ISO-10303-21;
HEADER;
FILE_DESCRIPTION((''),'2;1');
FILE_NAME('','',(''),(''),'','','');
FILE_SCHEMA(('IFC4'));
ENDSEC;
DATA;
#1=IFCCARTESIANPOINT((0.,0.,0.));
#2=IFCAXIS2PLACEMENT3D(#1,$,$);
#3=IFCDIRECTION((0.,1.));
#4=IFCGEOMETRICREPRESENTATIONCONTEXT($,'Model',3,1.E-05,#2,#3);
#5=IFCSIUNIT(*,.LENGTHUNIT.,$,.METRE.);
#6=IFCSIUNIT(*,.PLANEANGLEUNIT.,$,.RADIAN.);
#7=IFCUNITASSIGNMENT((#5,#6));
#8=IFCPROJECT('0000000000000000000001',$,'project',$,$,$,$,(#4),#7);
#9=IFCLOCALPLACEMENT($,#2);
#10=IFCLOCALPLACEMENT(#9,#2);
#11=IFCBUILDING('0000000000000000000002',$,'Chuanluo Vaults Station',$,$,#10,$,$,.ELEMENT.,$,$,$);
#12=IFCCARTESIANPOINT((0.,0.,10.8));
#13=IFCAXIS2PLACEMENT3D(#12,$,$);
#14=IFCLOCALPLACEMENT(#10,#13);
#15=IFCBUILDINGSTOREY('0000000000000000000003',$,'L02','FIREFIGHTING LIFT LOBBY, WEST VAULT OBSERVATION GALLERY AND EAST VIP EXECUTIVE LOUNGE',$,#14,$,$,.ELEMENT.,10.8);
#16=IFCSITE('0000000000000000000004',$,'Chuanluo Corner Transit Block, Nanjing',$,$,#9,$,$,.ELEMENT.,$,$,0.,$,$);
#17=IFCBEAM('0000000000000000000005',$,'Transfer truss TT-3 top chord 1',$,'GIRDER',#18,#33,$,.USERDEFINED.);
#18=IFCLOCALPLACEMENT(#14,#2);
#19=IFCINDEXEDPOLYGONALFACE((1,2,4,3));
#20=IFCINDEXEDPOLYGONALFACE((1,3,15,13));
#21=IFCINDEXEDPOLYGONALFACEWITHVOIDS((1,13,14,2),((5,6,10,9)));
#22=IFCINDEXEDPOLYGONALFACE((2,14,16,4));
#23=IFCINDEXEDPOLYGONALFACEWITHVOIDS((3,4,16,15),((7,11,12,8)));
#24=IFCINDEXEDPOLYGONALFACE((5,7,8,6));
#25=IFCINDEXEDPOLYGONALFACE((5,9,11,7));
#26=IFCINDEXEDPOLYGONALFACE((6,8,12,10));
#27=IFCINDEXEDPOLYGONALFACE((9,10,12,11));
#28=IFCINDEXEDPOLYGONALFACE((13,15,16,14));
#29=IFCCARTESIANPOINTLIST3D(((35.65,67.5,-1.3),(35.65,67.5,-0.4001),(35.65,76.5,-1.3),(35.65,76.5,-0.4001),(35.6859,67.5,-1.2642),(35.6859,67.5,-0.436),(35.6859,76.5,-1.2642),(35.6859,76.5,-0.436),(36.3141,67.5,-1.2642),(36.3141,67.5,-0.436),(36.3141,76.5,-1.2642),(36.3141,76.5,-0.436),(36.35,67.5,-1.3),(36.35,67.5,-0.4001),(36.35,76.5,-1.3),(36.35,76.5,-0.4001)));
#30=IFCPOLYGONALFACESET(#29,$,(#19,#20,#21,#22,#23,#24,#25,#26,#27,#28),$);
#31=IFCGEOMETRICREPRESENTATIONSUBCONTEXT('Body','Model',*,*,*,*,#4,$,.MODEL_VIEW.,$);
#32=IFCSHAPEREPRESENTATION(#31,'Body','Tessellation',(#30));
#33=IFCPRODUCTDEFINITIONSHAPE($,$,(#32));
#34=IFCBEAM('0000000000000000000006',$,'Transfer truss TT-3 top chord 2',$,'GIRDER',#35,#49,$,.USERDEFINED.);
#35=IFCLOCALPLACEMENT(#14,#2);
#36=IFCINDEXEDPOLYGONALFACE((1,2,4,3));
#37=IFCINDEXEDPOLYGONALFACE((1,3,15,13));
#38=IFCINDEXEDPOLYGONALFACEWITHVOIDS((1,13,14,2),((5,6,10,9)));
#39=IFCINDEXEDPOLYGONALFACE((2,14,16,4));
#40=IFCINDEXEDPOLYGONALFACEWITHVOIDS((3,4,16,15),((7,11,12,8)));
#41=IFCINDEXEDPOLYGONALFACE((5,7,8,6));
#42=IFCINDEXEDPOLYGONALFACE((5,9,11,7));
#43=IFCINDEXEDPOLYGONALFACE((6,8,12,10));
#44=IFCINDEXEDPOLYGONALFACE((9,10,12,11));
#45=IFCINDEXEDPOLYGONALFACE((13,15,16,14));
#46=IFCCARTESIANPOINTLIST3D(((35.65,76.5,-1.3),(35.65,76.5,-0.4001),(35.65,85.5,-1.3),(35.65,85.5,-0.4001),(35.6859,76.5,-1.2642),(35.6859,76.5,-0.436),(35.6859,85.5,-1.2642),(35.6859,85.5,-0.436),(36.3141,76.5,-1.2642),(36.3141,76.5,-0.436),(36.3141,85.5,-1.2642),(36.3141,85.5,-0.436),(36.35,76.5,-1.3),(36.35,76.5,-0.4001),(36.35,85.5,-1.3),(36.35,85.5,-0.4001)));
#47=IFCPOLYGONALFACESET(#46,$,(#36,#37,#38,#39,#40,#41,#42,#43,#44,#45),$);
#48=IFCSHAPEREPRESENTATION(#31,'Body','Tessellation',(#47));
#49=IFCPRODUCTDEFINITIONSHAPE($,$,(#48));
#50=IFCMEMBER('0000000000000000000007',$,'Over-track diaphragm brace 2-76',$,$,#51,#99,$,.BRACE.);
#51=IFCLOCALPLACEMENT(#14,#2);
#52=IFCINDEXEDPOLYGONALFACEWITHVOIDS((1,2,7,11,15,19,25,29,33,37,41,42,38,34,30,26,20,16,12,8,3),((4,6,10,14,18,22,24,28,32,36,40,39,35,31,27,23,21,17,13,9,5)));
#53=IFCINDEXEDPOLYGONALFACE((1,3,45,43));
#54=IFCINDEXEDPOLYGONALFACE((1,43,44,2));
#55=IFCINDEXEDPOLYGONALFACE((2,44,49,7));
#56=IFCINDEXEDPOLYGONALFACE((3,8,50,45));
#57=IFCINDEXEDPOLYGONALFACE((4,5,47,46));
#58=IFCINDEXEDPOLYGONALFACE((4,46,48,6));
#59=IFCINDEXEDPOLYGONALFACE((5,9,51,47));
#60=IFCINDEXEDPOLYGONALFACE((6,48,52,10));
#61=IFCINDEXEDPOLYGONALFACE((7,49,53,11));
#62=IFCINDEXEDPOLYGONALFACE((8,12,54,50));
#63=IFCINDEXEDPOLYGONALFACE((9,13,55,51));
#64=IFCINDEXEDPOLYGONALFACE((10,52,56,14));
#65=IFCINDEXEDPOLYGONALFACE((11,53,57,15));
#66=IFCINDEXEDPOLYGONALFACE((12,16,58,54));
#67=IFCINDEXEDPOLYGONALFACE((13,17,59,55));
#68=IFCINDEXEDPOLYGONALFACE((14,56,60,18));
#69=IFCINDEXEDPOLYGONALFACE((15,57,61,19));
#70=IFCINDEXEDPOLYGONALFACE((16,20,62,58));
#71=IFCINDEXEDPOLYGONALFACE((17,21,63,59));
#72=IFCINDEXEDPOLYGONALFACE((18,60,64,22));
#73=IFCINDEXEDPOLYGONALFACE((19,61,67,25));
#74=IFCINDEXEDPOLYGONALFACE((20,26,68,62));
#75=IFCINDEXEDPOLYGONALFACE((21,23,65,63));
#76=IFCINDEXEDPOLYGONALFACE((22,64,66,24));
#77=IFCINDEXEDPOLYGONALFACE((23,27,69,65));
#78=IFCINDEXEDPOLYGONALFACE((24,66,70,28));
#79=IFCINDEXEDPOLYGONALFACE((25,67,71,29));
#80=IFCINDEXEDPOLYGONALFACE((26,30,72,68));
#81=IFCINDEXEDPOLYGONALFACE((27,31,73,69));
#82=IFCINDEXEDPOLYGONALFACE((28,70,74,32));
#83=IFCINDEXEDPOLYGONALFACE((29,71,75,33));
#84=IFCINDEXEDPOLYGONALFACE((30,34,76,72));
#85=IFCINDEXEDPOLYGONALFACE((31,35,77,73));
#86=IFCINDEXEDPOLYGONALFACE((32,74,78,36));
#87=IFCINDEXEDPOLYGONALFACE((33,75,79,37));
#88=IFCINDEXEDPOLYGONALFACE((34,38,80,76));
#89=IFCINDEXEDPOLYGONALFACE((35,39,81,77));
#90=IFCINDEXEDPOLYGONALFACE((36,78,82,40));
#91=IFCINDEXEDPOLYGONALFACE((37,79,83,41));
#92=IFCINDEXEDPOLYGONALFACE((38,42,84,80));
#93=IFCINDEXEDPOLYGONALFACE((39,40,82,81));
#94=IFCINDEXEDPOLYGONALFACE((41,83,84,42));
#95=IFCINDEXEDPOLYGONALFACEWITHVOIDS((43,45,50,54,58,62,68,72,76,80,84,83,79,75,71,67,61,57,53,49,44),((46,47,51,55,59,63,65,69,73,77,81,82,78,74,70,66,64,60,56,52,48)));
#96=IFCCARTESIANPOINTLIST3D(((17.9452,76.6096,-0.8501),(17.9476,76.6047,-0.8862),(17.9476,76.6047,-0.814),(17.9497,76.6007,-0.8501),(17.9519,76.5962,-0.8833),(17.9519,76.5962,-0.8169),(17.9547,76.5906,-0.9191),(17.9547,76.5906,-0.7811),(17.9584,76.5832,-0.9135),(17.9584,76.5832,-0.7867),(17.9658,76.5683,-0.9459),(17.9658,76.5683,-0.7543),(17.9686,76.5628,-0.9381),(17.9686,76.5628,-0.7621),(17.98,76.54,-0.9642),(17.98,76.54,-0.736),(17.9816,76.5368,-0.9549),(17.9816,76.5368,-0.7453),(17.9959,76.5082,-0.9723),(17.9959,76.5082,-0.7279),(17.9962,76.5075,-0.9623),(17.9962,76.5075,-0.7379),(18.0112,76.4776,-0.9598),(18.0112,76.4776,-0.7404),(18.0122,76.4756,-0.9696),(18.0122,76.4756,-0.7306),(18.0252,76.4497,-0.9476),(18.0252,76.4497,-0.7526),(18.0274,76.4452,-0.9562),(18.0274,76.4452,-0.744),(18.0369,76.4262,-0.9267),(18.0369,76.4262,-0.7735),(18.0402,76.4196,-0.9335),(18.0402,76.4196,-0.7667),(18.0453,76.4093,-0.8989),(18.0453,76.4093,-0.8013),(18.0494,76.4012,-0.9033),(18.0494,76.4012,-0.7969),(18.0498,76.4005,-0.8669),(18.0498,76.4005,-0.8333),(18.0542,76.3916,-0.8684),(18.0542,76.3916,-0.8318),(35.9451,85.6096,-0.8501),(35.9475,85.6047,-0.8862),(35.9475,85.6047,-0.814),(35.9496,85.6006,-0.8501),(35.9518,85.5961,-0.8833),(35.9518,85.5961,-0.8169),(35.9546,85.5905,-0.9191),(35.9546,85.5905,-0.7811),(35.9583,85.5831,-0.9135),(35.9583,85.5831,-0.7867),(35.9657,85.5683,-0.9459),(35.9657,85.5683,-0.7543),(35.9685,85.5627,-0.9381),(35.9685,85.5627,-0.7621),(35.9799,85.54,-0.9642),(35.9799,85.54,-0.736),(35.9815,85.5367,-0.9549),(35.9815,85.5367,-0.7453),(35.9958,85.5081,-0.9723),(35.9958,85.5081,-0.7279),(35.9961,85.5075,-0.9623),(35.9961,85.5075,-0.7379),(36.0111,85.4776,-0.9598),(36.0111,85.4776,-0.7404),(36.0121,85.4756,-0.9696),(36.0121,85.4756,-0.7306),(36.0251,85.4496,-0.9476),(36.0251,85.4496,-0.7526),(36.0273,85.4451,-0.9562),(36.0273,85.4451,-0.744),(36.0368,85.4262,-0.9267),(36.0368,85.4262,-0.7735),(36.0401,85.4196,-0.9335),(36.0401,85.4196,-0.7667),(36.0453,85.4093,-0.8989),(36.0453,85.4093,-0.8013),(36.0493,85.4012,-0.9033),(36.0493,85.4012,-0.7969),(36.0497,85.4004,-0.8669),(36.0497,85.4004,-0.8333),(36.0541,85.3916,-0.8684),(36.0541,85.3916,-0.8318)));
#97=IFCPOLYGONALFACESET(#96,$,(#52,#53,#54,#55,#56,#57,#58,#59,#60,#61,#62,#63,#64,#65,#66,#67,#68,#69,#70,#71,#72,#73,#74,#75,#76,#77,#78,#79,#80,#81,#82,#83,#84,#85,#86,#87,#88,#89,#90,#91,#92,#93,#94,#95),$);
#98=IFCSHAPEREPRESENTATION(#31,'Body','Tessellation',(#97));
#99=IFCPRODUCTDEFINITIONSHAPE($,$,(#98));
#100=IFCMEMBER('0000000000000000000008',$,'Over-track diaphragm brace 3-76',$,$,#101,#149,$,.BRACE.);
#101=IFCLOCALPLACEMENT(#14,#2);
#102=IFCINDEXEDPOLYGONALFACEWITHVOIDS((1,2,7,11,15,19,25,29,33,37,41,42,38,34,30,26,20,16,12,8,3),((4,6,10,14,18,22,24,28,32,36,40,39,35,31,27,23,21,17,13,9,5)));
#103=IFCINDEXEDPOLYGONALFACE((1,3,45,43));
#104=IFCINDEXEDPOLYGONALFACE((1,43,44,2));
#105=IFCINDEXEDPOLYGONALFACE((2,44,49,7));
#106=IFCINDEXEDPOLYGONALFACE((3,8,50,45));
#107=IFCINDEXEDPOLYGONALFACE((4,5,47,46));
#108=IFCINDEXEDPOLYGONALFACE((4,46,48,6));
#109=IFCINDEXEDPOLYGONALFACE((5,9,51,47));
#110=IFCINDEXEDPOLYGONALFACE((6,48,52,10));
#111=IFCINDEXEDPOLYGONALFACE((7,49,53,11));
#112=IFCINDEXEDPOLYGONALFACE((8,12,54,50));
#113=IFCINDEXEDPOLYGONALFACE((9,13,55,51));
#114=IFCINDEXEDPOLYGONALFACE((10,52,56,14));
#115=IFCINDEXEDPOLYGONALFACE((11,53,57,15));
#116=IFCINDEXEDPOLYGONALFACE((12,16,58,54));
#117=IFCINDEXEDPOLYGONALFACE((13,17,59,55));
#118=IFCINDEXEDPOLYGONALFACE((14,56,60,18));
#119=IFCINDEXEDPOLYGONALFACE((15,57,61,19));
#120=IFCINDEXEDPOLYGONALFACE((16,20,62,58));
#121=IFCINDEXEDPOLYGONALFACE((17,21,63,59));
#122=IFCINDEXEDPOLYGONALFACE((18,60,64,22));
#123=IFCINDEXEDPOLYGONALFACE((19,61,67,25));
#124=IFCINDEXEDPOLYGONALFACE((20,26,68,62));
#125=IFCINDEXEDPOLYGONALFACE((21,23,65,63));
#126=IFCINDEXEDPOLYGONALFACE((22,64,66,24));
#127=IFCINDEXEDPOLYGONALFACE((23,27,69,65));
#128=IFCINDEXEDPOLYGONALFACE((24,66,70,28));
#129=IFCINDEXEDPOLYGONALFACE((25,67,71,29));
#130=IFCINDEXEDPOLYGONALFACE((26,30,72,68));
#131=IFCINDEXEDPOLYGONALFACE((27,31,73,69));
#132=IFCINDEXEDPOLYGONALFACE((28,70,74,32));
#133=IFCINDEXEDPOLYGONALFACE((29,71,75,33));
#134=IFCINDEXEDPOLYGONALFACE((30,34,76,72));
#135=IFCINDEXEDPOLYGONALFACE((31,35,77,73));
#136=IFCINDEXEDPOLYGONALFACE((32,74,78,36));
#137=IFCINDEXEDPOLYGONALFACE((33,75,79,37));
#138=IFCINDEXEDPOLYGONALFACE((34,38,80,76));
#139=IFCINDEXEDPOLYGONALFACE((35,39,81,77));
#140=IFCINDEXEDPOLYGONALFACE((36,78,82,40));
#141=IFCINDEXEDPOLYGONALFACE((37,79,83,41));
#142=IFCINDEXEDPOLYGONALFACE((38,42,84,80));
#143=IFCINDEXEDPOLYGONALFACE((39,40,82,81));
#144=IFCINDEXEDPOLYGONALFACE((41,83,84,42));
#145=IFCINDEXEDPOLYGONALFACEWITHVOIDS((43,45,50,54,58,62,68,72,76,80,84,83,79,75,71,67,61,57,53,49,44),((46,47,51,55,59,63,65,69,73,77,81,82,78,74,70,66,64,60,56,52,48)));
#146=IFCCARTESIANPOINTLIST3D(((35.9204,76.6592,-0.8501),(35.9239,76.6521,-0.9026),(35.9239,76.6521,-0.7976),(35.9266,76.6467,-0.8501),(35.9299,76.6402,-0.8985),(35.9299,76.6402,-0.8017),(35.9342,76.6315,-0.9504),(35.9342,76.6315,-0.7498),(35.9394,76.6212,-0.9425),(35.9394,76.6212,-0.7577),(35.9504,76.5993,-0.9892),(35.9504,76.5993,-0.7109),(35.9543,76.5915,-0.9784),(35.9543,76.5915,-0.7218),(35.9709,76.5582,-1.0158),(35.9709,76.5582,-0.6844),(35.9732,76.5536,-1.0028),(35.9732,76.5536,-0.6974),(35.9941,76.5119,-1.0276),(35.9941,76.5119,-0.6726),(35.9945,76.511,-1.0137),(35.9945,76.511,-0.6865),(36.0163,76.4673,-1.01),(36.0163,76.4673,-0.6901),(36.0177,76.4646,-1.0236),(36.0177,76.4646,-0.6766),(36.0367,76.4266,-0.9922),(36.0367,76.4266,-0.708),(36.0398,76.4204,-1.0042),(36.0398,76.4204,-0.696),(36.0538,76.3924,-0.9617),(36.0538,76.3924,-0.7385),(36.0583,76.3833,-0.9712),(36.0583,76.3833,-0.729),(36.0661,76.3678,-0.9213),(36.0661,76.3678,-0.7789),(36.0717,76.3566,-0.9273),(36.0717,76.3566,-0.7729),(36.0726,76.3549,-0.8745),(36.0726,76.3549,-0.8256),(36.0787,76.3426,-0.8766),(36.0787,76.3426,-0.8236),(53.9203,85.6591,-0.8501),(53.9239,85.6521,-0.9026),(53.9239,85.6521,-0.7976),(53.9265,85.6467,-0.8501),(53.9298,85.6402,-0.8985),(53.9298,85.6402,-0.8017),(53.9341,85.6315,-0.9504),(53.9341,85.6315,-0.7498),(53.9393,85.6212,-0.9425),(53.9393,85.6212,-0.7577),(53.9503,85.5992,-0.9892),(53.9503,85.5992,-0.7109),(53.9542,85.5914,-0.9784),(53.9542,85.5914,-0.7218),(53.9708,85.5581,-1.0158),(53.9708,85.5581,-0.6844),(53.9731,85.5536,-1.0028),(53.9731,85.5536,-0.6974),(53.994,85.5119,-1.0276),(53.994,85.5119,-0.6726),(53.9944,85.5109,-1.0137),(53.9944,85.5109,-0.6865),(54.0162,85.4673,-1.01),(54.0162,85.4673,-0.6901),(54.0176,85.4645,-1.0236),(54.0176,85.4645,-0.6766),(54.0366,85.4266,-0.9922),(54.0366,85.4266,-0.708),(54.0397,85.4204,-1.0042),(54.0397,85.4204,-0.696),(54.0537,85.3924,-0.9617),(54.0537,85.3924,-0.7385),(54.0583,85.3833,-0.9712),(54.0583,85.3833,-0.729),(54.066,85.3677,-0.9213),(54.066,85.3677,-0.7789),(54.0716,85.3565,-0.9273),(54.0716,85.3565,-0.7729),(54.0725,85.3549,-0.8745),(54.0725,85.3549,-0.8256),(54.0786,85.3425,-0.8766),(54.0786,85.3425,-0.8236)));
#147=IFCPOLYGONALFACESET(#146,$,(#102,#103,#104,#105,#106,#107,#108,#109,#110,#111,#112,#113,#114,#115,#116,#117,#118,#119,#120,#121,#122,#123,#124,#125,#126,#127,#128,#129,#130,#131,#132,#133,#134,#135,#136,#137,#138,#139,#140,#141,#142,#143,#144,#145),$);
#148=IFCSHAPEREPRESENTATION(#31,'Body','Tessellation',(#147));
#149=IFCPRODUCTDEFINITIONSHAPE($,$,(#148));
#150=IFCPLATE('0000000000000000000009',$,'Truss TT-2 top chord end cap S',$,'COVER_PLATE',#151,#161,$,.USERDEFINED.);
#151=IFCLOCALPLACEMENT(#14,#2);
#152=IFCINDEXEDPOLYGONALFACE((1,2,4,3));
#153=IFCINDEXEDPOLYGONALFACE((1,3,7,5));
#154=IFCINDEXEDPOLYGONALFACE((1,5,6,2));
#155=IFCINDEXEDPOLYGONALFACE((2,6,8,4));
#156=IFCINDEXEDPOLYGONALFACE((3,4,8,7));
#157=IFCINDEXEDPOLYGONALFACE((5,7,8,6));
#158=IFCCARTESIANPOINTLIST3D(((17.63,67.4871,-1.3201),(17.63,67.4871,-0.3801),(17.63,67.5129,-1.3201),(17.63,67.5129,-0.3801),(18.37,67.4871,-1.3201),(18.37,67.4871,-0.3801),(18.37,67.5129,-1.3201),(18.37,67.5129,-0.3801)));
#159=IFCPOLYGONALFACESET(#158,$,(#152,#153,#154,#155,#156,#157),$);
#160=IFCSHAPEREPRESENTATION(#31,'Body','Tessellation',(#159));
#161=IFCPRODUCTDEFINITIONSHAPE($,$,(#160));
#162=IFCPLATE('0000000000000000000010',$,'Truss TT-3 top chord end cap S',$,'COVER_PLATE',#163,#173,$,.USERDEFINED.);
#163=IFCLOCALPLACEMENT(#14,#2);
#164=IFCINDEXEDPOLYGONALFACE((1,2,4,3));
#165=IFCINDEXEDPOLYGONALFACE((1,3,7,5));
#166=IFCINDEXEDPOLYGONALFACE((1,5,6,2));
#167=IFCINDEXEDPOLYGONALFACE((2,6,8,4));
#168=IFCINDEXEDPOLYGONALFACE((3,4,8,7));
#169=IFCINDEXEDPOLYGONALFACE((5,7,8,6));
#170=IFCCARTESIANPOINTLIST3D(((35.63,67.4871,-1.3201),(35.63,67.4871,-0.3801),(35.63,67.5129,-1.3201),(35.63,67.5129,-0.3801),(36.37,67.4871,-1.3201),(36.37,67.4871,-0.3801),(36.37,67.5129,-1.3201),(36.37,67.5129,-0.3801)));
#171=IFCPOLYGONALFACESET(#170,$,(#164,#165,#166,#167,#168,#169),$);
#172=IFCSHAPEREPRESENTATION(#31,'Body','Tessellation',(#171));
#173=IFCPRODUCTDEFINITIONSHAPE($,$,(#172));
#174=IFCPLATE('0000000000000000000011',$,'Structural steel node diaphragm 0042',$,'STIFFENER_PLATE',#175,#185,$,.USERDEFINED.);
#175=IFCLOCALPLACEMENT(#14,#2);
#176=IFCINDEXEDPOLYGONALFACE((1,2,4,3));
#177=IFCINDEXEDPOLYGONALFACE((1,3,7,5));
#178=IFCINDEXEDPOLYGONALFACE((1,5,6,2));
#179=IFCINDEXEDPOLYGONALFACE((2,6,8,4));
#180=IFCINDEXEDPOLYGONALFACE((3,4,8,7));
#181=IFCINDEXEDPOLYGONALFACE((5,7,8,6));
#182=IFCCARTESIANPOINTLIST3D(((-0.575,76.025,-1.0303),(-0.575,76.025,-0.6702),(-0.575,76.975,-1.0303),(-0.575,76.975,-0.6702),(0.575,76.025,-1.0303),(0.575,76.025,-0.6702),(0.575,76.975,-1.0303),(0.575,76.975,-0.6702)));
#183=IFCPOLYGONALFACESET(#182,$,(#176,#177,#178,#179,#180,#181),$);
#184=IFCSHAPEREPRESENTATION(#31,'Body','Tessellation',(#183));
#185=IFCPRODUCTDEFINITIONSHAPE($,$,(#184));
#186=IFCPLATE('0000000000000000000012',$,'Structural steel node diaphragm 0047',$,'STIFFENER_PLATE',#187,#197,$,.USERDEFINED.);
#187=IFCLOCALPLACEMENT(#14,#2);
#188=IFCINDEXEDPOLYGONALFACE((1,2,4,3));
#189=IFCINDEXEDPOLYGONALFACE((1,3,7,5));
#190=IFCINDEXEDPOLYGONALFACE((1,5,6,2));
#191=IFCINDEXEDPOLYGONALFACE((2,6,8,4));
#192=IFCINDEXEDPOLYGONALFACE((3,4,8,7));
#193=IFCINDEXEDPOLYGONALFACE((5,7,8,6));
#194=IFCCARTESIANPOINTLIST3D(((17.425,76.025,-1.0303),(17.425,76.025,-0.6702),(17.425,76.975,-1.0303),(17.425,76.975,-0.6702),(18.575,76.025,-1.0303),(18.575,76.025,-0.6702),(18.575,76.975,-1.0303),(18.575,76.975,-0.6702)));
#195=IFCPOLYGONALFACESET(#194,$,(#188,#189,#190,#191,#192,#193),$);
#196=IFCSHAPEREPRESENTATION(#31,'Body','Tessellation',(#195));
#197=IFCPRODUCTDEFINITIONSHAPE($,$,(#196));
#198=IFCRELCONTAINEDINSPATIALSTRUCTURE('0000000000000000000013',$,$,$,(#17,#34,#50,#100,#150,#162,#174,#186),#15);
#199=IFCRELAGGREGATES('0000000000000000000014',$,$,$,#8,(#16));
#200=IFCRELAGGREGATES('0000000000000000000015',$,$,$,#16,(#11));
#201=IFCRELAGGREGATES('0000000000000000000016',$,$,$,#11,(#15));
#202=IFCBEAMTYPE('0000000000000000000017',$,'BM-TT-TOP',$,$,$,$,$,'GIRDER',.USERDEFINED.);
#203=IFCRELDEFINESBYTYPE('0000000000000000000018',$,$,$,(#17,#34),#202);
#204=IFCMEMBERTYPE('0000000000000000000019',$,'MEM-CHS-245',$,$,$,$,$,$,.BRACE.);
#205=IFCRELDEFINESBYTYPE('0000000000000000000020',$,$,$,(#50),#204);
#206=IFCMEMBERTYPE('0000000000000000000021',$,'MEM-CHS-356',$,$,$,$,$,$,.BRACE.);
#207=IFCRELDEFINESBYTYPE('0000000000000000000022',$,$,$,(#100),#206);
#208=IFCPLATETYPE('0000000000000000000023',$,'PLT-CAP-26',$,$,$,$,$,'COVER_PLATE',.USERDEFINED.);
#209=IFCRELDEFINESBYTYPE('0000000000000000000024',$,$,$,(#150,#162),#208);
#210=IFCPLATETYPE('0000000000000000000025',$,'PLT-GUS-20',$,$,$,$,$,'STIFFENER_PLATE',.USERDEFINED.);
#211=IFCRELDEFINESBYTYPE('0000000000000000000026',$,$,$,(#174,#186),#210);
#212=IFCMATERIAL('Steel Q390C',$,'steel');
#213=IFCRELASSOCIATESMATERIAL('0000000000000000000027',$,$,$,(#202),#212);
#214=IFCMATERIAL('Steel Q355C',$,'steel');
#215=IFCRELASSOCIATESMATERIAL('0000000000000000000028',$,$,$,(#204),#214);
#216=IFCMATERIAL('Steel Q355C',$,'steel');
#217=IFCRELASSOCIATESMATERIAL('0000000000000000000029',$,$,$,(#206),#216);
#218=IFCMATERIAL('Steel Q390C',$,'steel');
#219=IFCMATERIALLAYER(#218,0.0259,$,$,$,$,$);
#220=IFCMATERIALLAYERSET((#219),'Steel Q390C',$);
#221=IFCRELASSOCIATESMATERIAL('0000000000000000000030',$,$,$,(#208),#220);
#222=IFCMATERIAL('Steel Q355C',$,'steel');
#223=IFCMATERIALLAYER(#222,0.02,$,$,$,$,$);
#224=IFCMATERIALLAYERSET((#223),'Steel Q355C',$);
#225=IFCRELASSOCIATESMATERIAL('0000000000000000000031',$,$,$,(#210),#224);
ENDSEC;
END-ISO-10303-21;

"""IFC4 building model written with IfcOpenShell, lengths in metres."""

from ifc_helpers import new_model, si_unit, direction, frame, origin, origin_2d, place, context, subcontext, project, spatial, rectangle, hollow_rectangle, hollow_circle, extrude, material, layer, layer_set, material_profile, profile_set, type_object, element, save


model = new_model("IFC4")

# Units and contexts
model_context = context("Model", 3, precision=1e-05, world=origin(), true_north=direction((0.0, 1.0)))
body_context = subcontext(model_context, "Body", "Model", "MODEL_VIEW")
ifc_project = project(units=[si_unit("LENGTHUNIT", "METRE"), si_unit("PLANEANGLEUNIT", "RADIAN")], contexts=[model_context])

# Site, building, storey
site_placement = place(None, origin())
site = spatial("IfcSite", under=ifc_project, at=site_placement, Name="Chuanluo Corner Transit Block, Nanjing", CompositionType="ELEMENT", RefElevation=0.0)
building_placement = place(site_placement, origin())
building = spatial("IfcBuilding", under=site, at=building_placement, Name="Chuanluo Vaults Station", CompositionType="ELEMENT")
storey_placement = place(building_placement, frame((0.0, 0.0, 10.8)))
storey = spatial("IfcBuildingStorey", under=building, at=storey_placement, Name="L02", Description="FIREFIGHTING LIFT LOBBY, WEST VAULT OBSERVATION GALLERY AND EAST VIP EXECUTIVE LOUNGE", CompositionType="ELEMENT", Elevation=10.8)

# Beams
ifc_material_1 = material(Name="Steel Q390C", Category="steel")
ifc_material_profile_1 = material_profile(ifc_material_1, hollow_rectangle(XDim=0.7, YDim=0.8999, WallThickness=0.0359, at=origin_2d()))
ifc_profile_set_1 = profile_set([ifc_material_profile_1], Name="Steel Q390C")
beam_type_1 = type_object("IfcBeamType", Name="BM-TT-TOP", ElementType="GIRDER", PredefinedType="USERDEFINED", material=ifc_profile_set_1)
for number, where, z_axis, x_axis, name in (
    (1, (36.0, 67.5, -0.8501), (0.0, 1.0, 0.0), (-1.0, 0.0, 0.0), "Transfer truss TT-3 top chord 1"),
    (2, (36.0, 76.5, -0.8501), (0.0, 1.0, 0.0), (-1.0, 0.0, 0.0), "Transfer truss TT-3 top chord 2"),
):
    element("IfcBeam", number, at=place(storey_placement, frame(where, z_axis=z_axis, x_axis=x_axis)), inside=storey, type_object=beam_type_1, Name=name, ObjectType="GIRDER", PredefinedType="USERDEFINED", context=body_context, shape_type="SweptSolid", body=[
        extrude(hollow_rectangle(XDim=0.7, YDim=0.8999, WallThickness=0.0359, at=origin_2d()), origin(), (0.0, 0.0, 1.0), 9.0),
    ])

# Members
ifc_material_2 = material(Name="Steel Q355C", Category="steel")
ifc_material_profile_2 = material_profile(ifc_material_2, hollow_circle(Radius=0.1226, WallThickness=0.01, at=origin_2d()))
ifc_profile_set_2 = profile_set([ifc_material_profile_2], Name="Steel Q355C")
member_type_1 = type_object("IfcMemberType", Name="MEM-CHS-245", PredefinedType="BRACE", material=ifc_profile_set_2)
member_1_placement = place(storey_placement, frame((18.0, 76.5, -0.8501), z_axis=(0.894427, 0.447214, 0.0), x_axis=(-0.447214, 0.894427, 0.0)))
element("IfcMember", 3, at=member_1_placement, inside=storey, type_object=member_type_1, Name="Over-track diaphragm brace 2-76", PredefinedType="BRACE", context=body_context, shape_type="SweptSolid", body=[
    extrude(hollow_circle(Radius=0.1226, WallThickness=0.01, at=origin_2d()), origin(), (0.0, 0.0, 1.0), 20.1245),
])
ifc_material_3 = material(Name="Steel Q355C", Category="steel")
ifc_material_profile_3 = material_profile(ifc_material_3, hollow_circle(Radius=0.178, WallThickness=0.0139, at=origin_2d()))
ifc_profile_set_3 = profile_set([ifc_material_profile_3], Name="Steel Q355C")
member_type_2 = type_object("IfcMemberType", Name="MEM-CHS-356", PredefinedType="BRACE", material=ifc_profile_set_3)
member_2_placement = place(storey_placement, frame((36.0, 76.5, -0.8501), z_axis=(0.894427, 0.447214, 0.0), x_axis=(-0.447214, 0.894427, 0.0)))
element("IfcMember", 4, at=member_2_placement, inside=storey, type_object=member_type_2, Name="Over-track diaphragm brace 3-76", PredefinedType="BRACE", context=body_context, shape_type="SweptSolid", body=[
    extrude(hollow_circle(Radius=0.178, WallThickness=0.0139, at=origin_2d()), origin(), (0.0, 0.0, 1.0), 20.1245),
])

# Plates
ifc_material_4 = material(Name="Steel Q390C", Category="steel")
ifc_layer_1 = layer(ifc_material_4, 0.0259)
ifc_layer_set_1 = layer_set([ifc_layer_1], Name="Steel Q390C")
plate_type_1 = type_object("IfcPlateType", Name="PLT-CAP-26", ElementType="COVER_PLATE", PredefinedType="USERDEFINED", material=ifc_layer_set_1)
for number, where, z_axis, x_axis, name in (
    (5, (18.0, 67.5, -1.3201), (0.0, 0.0, 1.0), (1.0, 0.0, 0.0), "Truss TT-2 top chord end cap S"),
    (6, (36.0, 67.5, -1.3201), (0.0, 0.0, 1.0), (1.0, 0.0, 0.0), "Truss TT-3 top chord end cap S"),
):
    element("IfcPlate", number, at=place(storey_placement, frame(where, z_axis=z_axis, x_axis=x_axis)), inside=storey, type_object=plate_type_1, Name=name, ObjectType="COVER_PLATE", PredefinedType="USERDEFINED", context=body_context, shape_type="SweptSolid", body=[
        extrude(rectangle(XDim=0.74, YDim=0.0259, at=origin_2d()), origin(), (0.0, 0.0, 1.0), 0.9399),
    ])
ifc_material_5 = material(Name="Steel Q355C", Category="steel")
ifc_layer_2 = layer(ifc_material_5, 0.02)
ifc_layer_set_2 = layer_set([ifc_layer_2], Name="Steel Q355C")
plate_type_2 = type_object("IfcPlateType", Name="PLT-GUS-20", ElementType="STIFFENER_PLATE", PredefinedType="USERDEFINED", material=ifc_layer_set_2)
for number, where, z_axis, x_axis, name in (
    (7, (0.0, 76.5, -1.0303), (0.0, 0.0, 1.0), (1.0, 0.0, 0.0), "Structural steel node diaphragm 0042"),
    (8, (18.0, 76.5, -1.0303), (0.0, 0.0, 1.0), (1.0, 0.0, 0.0), "Structural steel node diaphragm 0047"),
):
    element("IfcPlate", number, at=place(storey_placement, frame(where, z_axis=z_axis, x_axis=x_axis)), inside=storey, type_object=plate_type_2, Name=name, ObjectType="STIFFENER_PLATE", PredefinedType="USERDEFINED", context=body_context, shape_type="SweptSolid", body=[
        extrude(rectangle(XDim=1.1499, YDim=0.95, at=origin_2d()), origin(), (0.0, 0.0, 1.0), 0.3601),
    ])

save(model, "model.ifc")
